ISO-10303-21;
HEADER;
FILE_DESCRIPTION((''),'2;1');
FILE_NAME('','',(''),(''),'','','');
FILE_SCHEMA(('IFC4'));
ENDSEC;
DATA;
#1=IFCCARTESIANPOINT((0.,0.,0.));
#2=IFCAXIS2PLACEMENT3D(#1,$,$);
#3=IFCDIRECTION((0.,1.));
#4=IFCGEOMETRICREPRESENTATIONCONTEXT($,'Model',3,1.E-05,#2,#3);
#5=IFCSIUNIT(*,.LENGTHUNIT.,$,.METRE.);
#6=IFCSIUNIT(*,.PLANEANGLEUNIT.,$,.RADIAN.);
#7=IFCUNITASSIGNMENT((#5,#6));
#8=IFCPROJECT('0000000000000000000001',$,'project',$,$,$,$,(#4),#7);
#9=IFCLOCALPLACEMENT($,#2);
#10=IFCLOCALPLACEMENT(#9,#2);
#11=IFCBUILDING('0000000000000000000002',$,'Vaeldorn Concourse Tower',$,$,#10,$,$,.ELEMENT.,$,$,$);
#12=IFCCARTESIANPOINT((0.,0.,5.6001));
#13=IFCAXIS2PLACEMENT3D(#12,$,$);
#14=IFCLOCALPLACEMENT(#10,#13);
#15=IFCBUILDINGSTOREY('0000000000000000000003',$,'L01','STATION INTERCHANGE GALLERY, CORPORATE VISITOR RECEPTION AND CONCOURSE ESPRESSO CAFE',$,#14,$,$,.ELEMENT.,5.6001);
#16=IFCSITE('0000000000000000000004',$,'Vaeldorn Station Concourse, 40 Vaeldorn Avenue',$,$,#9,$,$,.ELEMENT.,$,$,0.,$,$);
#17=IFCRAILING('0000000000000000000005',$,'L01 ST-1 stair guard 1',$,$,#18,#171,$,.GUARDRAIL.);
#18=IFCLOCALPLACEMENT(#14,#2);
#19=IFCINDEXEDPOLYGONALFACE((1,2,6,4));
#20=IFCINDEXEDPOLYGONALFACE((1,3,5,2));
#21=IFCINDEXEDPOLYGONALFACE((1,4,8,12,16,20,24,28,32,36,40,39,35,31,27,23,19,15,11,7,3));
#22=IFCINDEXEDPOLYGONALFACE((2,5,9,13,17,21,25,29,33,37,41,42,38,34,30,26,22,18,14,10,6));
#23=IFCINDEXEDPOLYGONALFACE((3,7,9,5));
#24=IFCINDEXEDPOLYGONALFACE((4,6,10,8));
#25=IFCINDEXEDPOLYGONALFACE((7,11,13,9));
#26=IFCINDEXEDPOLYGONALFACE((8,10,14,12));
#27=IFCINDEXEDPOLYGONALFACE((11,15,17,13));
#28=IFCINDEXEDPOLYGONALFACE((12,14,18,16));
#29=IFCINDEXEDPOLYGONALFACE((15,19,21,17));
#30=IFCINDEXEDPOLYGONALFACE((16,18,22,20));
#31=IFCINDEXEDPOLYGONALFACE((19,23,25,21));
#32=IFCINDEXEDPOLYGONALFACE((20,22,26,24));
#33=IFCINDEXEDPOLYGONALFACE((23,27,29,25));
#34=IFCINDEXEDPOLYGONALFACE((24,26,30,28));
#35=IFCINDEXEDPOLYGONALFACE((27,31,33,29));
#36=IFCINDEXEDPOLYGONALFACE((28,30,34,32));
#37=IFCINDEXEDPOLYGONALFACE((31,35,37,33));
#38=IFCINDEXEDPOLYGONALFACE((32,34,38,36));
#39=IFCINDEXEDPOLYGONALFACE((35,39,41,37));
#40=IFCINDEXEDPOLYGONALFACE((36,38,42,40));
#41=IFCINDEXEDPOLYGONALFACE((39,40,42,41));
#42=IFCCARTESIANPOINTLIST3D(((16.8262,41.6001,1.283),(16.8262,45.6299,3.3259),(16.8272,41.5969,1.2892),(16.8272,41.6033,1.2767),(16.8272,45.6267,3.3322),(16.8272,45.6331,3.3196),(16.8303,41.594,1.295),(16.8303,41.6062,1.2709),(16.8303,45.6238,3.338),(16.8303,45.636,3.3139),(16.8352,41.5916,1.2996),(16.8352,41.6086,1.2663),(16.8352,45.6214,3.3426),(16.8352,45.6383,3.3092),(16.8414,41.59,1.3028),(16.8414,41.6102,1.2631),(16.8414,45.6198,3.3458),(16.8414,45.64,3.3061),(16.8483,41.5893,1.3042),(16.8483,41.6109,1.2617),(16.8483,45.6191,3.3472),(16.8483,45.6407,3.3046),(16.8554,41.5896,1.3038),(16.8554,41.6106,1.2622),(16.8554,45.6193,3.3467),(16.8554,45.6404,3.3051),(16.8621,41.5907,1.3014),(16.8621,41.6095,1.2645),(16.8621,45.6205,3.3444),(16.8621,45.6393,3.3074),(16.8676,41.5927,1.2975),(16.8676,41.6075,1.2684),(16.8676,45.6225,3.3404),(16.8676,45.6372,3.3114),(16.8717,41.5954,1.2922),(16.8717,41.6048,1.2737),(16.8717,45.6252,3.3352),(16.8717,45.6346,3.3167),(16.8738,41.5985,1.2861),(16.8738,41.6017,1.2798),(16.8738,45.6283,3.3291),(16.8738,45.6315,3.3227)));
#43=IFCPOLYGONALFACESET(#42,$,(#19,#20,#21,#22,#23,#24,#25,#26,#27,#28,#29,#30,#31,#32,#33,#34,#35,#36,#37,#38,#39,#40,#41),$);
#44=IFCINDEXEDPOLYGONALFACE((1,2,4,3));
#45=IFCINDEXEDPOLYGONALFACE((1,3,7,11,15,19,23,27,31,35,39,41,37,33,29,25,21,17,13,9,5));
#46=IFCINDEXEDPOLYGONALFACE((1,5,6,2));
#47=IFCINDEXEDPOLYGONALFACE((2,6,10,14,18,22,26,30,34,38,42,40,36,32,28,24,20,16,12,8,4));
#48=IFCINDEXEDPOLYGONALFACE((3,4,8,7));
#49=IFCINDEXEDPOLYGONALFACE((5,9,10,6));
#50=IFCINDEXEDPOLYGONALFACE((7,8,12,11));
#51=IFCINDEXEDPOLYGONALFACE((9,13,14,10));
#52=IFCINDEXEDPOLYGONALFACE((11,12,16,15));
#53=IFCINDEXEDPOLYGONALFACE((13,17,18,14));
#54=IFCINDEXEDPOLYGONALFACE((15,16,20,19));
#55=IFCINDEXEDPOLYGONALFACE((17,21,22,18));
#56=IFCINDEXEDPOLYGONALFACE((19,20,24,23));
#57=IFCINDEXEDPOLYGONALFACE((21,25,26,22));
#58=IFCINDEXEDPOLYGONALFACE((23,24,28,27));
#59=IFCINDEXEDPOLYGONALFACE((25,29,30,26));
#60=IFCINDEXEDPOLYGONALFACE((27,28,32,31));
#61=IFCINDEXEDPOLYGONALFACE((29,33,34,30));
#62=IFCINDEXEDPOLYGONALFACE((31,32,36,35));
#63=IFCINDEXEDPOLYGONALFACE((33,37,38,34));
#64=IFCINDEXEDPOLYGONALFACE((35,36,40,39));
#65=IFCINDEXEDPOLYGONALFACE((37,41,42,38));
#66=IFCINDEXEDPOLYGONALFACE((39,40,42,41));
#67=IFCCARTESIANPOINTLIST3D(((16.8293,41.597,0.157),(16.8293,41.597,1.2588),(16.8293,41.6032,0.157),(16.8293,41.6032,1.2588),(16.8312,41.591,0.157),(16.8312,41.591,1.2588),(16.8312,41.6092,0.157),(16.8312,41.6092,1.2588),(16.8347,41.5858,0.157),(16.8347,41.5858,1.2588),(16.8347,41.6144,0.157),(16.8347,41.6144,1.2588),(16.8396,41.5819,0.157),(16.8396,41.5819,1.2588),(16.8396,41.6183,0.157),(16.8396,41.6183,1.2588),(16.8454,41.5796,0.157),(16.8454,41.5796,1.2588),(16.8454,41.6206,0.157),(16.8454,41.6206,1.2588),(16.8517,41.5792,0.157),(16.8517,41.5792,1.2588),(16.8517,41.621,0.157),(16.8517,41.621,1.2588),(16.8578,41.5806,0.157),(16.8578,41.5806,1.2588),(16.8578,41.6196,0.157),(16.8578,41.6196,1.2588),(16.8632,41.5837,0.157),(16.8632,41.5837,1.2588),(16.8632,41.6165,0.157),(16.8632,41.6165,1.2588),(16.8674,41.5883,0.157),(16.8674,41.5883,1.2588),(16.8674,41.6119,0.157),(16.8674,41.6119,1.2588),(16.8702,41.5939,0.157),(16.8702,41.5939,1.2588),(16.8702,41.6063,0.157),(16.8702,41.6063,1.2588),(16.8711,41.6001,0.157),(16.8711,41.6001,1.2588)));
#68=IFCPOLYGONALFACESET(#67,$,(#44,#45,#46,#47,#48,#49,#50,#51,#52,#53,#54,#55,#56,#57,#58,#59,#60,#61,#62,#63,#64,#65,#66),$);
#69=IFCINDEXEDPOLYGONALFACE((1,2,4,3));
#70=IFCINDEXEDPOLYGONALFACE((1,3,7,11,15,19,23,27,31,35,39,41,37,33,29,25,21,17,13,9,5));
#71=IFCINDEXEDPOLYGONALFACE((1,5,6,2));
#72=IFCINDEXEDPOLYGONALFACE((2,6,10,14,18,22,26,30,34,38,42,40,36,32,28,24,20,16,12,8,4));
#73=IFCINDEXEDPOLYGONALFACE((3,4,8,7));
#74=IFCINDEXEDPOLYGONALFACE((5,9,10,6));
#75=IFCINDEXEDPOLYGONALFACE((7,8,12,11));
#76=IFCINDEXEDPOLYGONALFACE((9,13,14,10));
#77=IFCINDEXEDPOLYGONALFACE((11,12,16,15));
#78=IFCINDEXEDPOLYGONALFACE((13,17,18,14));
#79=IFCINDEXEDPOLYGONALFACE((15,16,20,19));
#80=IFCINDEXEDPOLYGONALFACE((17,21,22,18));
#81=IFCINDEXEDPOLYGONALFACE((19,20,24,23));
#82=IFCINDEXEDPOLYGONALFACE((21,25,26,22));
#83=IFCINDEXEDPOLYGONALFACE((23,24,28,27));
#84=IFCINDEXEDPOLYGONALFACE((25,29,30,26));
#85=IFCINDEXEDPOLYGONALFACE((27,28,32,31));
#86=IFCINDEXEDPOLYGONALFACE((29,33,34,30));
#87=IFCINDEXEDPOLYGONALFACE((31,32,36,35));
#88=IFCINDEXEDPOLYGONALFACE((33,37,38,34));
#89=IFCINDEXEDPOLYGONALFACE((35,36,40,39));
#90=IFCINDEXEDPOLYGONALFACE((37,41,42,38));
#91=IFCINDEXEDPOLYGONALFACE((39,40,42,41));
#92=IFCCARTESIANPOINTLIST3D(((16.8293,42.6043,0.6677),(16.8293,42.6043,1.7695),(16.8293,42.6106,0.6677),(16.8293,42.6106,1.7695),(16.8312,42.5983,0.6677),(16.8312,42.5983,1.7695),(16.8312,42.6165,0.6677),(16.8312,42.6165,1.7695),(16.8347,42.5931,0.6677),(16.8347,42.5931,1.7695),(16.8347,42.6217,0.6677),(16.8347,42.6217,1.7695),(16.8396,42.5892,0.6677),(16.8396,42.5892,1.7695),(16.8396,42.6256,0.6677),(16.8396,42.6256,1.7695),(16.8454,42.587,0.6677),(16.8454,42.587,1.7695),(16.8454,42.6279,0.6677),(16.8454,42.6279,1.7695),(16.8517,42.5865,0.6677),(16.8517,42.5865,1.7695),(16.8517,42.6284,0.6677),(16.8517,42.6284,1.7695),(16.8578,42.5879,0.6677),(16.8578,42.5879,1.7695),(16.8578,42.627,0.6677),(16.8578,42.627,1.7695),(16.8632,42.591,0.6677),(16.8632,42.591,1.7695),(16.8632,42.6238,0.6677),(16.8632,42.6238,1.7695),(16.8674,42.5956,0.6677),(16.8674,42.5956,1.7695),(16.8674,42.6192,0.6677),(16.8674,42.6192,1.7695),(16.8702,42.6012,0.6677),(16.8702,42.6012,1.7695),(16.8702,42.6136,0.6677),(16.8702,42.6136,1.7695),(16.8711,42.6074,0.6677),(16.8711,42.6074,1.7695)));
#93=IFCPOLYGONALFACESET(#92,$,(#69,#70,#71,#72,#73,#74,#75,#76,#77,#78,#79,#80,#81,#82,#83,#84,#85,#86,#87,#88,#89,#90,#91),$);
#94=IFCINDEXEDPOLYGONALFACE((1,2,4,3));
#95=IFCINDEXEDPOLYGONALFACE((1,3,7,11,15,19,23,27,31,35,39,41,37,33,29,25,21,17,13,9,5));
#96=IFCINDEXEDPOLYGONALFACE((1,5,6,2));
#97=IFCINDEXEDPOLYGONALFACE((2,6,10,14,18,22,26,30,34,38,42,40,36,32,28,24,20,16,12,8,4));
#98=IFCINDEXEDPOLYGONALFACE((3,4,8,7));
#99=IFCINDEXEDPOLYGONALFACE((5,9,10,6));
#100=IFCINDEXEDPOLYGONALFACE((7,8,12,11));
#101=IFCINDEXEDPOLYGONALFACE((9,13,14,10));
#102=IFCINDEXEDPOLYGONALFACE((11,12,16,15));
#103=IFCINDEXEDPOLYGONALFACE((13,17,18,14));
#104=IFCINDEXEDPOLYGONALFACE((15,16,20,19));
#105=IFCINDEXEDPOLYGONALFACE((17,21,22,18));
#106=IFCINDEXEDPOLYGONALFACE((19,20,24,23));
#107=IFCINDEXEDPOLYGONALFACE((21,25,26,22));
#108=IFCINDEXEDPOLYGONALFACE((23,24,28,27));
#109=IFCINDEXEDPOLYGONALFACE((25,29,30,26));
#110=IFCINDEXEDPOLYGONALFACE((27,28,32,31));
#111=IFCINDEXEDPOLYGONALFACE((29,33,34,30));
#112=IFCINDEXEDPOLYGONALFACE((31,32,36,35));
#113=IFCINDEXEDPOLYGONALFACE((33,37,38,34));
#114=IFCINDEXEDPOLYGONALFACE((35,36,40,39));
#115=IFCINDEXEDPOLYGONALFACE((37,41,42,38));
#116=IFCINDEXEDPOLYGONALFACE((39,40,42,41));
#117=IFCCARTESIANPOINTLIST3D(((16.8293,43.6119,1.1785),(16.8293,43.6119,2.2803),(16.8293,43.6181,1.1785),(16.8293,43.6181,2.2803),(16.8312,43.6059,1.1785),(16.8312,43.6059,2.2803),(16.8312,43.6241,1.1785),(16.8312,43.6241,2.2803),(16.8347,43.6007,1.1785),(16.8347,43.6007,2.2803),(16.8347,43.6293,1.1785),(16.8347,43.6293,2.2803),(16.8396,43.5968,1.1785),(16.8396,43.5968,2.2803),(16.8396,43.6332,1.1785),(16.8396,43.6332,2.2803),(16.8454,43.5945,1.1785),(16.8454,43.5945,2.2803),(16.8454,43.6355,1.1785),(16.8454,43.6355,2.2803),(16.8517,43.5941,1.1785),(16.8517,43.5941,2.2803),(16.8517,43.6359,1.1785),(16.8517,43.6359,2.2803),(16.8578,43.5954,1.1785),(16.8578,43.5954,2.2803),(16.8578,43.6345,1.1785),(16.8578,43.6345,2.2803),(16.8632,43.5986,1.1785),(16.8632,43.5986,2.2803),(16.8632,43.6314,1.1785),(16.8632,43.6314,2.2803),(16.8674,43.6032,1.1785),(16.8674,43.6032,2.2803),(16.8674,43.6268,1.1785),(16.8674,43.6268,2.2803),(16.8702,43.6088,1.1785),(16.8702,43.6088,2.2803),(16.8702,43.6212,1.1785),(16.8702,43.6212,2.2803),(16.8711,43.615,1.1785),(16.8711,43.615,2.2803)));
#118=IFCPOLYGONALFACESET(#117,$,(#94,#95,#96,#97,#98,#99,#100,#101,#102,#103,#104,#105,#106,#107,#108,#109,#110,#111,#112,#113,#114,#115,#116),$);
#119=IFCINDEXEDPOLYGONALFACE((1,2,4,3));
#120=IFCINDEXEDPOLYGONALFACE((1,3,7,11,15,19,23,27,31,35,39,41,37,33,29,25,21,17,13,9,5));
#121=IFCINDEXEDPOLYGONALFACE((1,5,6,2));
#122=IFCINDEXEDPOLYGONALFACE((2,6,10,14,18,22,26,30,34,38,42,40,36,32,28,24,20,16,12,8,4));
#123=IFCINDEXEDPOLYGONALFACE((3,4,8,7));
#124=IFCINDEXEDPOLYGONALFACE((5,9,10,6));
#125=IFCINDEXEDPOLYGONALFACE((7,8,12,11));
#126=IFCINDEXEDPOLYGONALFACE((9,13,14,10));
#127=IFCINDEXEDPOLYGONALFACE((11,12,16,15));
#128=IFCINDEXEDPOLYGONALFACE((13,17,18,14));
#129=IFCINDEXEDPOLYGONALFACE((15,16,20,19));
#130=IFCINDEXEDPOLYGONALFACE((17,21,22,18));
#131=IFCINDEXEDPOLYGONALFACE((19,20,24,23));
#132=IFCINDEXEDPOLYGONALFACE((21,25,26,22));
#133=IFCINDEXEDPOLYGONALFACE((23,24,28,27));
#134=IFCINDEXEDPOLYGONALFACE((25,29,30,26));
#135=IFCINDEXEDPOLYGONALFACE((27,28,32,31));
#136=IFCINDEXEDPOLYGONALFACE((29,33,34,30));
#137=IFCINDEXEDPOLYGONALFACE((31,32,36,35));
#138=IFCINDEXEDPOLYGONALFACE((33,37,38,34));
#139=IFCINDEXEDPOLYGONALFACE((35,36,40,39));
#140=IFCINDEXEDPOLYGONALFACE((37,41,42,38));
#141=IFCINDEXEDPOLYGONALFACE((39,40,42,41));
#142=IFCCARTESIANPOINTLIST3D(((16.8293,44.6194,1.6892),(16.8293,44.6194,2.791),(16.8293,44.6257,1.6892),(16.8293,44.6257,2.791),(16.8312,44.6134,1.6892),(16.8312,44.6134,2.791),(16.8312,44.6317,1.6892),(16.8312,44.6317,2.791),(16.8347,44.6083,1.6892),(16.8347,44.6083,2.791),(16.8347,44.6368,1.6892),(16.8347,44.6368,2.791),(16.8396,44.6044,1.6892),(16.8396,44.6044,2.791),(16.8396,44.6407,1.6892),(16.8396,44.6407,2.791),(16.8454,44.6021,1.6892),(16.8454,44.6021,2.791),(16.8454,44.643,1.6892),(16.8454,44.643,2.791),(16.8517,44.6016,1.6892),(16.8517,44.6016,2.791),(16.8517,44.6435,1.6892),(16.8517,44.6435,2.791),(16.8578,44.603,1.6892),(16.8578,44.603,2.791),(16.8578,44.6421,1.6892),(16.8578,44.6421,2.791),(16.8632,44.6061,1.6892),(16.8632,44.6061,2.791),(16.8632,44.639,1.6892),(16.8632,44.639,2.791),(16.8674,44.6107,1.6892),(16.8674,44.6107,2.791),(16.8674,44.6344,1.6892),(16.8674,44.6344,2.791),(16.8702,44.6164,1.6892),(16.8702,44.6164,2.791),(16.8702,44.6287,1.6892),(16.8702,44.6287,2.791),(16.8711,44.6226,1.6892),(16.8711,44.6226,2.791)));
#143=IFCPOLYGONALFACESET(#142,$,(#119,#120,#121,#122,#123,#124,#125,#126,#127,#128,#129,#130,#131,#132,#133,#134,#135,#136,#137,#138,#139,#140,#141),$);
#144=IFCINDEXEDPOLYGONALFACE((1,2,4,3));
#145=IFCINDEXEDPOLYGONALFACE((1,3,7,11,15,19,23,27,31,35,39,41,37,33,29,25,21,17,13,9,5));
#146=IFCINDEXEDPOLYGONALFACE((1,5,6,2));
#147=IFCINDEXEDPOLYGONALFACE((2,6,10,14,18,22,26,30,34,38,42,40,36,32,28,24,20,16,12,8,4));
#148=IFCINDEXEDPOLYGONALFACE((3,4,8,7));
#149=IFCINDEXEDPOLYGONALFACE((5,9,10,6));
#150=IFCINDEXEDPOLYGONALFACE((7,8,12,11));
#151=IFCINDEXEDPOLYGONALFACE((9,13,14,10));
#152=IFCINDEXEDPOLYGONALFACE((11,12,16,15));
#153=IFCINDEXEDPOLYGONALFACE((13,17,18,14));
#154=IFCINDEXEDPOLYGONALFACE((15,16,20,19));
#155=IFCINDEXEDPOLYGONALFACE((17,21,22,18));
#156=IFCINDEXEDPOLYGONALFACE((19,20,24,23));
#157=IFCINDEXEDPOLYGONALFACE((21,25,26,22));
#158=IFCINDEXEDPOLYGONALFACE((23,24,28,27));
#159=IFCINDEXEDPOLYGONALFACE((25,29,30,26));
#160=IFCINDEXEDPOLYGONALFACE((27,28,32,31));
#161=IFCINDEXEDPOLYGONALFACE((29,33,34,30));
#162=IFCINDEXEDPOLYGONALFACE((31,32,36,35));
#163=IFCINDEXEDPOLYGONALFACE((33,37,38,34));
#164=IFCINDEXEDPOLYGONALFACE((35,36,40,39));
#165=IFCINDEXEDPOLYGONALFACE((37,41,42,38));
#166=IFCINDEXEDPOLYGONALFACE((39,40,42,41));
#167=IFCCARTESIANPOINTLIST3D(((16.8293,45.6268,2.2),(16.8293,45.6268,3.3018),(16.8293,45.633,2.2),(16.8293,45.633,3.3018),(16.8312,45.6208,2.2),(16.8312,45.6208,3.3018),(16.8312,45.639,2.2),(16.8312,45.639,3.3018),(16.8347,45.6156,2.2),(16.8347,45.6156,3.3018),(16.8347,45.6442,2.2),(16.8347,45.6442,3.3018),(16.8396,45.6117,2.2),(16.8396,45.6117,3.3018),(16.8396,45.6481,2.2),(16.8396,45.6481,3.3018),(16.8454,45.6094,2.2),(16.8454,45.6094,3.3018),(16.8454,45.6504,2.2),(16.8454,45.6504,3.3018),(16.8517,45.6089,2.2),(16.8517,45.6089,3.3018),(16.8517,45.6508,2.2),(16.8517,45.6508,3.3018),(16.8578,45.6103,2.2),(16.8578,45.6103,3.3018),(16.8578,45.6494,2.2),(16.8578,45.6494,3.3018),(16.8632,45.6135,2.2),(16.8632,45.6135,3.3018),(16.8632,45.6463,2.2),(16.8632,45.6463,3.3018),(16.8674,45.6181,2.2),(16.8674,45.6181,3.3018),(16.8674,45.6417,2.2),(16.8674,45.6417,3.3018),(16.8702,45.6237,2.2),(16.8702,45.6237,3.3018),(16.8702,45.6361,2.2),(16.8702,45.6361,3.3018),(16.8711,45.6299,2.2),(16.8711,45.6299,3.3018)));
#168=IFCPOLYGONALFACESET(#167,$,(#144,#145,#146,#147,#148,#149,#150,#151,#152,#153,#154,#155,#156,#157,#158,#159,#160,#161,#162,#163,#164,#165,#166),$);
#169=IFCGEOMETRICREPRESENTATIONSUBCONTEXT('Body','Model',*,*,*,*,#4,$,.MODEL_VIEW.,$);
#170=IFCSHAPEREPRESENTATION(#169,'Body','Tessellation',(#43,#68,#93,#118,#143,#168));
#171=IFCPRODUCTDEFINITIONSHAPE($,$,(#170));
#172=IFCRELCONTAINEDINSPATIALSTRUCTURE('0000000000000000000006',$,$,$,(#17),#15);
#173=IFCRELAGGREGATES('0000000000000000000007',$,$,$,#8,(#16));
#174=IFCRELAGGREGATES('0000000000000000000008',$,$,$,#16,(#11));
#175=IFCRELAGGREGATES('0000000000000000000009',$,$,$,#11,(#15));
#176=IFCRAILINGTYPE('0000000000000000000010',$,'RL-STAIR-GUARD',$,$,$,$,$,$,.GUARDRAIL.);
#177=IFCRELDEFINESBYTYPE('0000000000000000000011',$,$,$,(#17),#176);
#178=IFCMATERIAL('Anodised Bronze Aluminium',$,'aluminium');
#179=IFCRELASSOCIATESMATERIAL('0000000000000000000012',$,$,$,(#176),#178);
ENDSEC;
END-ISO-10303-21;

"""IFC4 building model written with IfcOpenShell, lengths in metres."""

from ifc_helpers import new_model, si_unit, direction, frame, origin, origin_2d, place, context, subcontext, project, spatial, circle, extrude, material, type_object, element, save


model = new_model("IFC4")

# Units and contexts
model_context = context("Model", 3, precision=1e-05, world=origin(), true_north=direction((0.0, 1.0)))
body_context = subcontext(model_context, "Body", "Model", "MODEL_VIEW")
ifc_project = project(units=[si_unit("LENGTHUNIT", "METRE"), si_unit("PLANEANGLEUNIT", "RADIAN")], contexts=[model_context])

# Site, building, storey
site_placement = place(None, origin())
site = spatial("IfcSite", under=ifc_project, at=site_placement, Name="Vaeldorn Station Concourse, 40 Vaeldorn Avenue", CompositionType="ELEMENT", RefElevation=0.0)
building_placement = place(site_placement, origin())
building = spatial("IfcBuilding", under=site, at=building_placement, Name="Vaeldorn Concourse Tower", CompositionType="ELEMENT")
storey_placement = place(building_placement, frame((0.0, 0.0, 5.6001)))
storey = spatial("IfcBuildingStorey", under=building, at=storey_placement, Name="L01", Description="STATION INTERCHANGE GALLERY, CORPORATE VISITOR RECEPTION AND CONCOURSE ESPRESSO CAFE", CompositionType="ELEMENT", Elevation=5.6001)

# Shared definitions
ifc_material_1 = material(Name="Anodised Bronze Aluminium", Category="aluminium")

# Railing
railing_type_1 = type_object("IfcRailingType", Name="RL-STAIR-GUARD", PredefinedType="GUARDRAIL", material=ifc_material_1)
railing_1_placement = place(storey_placement, frame((16.8501, 41.6001, 0.157)))
element("IfcRailing", 1, at=railing_1_placement, inside=storey, type_object=railing_type_1, Name="L01 ST-1 stair guard 1", PredefinedType="GUARDRAIL", context=body_context, shape_type="SweptSolid", body=[
    extrude(circle(Radius=0.0239, at=origin_2d()), frame((0.0, 0.0, 1.126), z_axis=(0.0, 0.891928, 0.452178), x_axis=(-1.0, 0.0, 0.0)), (0.0, 0.0, 1.0), 4.5181),
    extrude(circle(Radius=0.021, at=origin_2d()), origin(), (0.0, 0.0, 1.0), 1.1018),
    extrude(circle(Radius=0.021, at=origin_2d()), frame((0.0, 1.0073, 0.5107)), (0.0, 0.0, 1.0), 1.1018),
    extrude(circle(Radius=0.021, at=origin_2d()), frame((0.0, 2.0149, 1.0215)), (0.0, 0.0, 1.0), 1.1018),
    extrude(circle(Radius=0.021, at=origin_2d()), frame((0.0, 3.0225, 1.5322)), (0.0, 0.0, 1.0), 1.1018),
    extrude(circle(Radius=0.021, at=origin_2d()), frame((0.0, 4.0298, 2.043)), (0.0, 0.0, 1.0), 1.1018),
])

save(model, "model.ifc")
